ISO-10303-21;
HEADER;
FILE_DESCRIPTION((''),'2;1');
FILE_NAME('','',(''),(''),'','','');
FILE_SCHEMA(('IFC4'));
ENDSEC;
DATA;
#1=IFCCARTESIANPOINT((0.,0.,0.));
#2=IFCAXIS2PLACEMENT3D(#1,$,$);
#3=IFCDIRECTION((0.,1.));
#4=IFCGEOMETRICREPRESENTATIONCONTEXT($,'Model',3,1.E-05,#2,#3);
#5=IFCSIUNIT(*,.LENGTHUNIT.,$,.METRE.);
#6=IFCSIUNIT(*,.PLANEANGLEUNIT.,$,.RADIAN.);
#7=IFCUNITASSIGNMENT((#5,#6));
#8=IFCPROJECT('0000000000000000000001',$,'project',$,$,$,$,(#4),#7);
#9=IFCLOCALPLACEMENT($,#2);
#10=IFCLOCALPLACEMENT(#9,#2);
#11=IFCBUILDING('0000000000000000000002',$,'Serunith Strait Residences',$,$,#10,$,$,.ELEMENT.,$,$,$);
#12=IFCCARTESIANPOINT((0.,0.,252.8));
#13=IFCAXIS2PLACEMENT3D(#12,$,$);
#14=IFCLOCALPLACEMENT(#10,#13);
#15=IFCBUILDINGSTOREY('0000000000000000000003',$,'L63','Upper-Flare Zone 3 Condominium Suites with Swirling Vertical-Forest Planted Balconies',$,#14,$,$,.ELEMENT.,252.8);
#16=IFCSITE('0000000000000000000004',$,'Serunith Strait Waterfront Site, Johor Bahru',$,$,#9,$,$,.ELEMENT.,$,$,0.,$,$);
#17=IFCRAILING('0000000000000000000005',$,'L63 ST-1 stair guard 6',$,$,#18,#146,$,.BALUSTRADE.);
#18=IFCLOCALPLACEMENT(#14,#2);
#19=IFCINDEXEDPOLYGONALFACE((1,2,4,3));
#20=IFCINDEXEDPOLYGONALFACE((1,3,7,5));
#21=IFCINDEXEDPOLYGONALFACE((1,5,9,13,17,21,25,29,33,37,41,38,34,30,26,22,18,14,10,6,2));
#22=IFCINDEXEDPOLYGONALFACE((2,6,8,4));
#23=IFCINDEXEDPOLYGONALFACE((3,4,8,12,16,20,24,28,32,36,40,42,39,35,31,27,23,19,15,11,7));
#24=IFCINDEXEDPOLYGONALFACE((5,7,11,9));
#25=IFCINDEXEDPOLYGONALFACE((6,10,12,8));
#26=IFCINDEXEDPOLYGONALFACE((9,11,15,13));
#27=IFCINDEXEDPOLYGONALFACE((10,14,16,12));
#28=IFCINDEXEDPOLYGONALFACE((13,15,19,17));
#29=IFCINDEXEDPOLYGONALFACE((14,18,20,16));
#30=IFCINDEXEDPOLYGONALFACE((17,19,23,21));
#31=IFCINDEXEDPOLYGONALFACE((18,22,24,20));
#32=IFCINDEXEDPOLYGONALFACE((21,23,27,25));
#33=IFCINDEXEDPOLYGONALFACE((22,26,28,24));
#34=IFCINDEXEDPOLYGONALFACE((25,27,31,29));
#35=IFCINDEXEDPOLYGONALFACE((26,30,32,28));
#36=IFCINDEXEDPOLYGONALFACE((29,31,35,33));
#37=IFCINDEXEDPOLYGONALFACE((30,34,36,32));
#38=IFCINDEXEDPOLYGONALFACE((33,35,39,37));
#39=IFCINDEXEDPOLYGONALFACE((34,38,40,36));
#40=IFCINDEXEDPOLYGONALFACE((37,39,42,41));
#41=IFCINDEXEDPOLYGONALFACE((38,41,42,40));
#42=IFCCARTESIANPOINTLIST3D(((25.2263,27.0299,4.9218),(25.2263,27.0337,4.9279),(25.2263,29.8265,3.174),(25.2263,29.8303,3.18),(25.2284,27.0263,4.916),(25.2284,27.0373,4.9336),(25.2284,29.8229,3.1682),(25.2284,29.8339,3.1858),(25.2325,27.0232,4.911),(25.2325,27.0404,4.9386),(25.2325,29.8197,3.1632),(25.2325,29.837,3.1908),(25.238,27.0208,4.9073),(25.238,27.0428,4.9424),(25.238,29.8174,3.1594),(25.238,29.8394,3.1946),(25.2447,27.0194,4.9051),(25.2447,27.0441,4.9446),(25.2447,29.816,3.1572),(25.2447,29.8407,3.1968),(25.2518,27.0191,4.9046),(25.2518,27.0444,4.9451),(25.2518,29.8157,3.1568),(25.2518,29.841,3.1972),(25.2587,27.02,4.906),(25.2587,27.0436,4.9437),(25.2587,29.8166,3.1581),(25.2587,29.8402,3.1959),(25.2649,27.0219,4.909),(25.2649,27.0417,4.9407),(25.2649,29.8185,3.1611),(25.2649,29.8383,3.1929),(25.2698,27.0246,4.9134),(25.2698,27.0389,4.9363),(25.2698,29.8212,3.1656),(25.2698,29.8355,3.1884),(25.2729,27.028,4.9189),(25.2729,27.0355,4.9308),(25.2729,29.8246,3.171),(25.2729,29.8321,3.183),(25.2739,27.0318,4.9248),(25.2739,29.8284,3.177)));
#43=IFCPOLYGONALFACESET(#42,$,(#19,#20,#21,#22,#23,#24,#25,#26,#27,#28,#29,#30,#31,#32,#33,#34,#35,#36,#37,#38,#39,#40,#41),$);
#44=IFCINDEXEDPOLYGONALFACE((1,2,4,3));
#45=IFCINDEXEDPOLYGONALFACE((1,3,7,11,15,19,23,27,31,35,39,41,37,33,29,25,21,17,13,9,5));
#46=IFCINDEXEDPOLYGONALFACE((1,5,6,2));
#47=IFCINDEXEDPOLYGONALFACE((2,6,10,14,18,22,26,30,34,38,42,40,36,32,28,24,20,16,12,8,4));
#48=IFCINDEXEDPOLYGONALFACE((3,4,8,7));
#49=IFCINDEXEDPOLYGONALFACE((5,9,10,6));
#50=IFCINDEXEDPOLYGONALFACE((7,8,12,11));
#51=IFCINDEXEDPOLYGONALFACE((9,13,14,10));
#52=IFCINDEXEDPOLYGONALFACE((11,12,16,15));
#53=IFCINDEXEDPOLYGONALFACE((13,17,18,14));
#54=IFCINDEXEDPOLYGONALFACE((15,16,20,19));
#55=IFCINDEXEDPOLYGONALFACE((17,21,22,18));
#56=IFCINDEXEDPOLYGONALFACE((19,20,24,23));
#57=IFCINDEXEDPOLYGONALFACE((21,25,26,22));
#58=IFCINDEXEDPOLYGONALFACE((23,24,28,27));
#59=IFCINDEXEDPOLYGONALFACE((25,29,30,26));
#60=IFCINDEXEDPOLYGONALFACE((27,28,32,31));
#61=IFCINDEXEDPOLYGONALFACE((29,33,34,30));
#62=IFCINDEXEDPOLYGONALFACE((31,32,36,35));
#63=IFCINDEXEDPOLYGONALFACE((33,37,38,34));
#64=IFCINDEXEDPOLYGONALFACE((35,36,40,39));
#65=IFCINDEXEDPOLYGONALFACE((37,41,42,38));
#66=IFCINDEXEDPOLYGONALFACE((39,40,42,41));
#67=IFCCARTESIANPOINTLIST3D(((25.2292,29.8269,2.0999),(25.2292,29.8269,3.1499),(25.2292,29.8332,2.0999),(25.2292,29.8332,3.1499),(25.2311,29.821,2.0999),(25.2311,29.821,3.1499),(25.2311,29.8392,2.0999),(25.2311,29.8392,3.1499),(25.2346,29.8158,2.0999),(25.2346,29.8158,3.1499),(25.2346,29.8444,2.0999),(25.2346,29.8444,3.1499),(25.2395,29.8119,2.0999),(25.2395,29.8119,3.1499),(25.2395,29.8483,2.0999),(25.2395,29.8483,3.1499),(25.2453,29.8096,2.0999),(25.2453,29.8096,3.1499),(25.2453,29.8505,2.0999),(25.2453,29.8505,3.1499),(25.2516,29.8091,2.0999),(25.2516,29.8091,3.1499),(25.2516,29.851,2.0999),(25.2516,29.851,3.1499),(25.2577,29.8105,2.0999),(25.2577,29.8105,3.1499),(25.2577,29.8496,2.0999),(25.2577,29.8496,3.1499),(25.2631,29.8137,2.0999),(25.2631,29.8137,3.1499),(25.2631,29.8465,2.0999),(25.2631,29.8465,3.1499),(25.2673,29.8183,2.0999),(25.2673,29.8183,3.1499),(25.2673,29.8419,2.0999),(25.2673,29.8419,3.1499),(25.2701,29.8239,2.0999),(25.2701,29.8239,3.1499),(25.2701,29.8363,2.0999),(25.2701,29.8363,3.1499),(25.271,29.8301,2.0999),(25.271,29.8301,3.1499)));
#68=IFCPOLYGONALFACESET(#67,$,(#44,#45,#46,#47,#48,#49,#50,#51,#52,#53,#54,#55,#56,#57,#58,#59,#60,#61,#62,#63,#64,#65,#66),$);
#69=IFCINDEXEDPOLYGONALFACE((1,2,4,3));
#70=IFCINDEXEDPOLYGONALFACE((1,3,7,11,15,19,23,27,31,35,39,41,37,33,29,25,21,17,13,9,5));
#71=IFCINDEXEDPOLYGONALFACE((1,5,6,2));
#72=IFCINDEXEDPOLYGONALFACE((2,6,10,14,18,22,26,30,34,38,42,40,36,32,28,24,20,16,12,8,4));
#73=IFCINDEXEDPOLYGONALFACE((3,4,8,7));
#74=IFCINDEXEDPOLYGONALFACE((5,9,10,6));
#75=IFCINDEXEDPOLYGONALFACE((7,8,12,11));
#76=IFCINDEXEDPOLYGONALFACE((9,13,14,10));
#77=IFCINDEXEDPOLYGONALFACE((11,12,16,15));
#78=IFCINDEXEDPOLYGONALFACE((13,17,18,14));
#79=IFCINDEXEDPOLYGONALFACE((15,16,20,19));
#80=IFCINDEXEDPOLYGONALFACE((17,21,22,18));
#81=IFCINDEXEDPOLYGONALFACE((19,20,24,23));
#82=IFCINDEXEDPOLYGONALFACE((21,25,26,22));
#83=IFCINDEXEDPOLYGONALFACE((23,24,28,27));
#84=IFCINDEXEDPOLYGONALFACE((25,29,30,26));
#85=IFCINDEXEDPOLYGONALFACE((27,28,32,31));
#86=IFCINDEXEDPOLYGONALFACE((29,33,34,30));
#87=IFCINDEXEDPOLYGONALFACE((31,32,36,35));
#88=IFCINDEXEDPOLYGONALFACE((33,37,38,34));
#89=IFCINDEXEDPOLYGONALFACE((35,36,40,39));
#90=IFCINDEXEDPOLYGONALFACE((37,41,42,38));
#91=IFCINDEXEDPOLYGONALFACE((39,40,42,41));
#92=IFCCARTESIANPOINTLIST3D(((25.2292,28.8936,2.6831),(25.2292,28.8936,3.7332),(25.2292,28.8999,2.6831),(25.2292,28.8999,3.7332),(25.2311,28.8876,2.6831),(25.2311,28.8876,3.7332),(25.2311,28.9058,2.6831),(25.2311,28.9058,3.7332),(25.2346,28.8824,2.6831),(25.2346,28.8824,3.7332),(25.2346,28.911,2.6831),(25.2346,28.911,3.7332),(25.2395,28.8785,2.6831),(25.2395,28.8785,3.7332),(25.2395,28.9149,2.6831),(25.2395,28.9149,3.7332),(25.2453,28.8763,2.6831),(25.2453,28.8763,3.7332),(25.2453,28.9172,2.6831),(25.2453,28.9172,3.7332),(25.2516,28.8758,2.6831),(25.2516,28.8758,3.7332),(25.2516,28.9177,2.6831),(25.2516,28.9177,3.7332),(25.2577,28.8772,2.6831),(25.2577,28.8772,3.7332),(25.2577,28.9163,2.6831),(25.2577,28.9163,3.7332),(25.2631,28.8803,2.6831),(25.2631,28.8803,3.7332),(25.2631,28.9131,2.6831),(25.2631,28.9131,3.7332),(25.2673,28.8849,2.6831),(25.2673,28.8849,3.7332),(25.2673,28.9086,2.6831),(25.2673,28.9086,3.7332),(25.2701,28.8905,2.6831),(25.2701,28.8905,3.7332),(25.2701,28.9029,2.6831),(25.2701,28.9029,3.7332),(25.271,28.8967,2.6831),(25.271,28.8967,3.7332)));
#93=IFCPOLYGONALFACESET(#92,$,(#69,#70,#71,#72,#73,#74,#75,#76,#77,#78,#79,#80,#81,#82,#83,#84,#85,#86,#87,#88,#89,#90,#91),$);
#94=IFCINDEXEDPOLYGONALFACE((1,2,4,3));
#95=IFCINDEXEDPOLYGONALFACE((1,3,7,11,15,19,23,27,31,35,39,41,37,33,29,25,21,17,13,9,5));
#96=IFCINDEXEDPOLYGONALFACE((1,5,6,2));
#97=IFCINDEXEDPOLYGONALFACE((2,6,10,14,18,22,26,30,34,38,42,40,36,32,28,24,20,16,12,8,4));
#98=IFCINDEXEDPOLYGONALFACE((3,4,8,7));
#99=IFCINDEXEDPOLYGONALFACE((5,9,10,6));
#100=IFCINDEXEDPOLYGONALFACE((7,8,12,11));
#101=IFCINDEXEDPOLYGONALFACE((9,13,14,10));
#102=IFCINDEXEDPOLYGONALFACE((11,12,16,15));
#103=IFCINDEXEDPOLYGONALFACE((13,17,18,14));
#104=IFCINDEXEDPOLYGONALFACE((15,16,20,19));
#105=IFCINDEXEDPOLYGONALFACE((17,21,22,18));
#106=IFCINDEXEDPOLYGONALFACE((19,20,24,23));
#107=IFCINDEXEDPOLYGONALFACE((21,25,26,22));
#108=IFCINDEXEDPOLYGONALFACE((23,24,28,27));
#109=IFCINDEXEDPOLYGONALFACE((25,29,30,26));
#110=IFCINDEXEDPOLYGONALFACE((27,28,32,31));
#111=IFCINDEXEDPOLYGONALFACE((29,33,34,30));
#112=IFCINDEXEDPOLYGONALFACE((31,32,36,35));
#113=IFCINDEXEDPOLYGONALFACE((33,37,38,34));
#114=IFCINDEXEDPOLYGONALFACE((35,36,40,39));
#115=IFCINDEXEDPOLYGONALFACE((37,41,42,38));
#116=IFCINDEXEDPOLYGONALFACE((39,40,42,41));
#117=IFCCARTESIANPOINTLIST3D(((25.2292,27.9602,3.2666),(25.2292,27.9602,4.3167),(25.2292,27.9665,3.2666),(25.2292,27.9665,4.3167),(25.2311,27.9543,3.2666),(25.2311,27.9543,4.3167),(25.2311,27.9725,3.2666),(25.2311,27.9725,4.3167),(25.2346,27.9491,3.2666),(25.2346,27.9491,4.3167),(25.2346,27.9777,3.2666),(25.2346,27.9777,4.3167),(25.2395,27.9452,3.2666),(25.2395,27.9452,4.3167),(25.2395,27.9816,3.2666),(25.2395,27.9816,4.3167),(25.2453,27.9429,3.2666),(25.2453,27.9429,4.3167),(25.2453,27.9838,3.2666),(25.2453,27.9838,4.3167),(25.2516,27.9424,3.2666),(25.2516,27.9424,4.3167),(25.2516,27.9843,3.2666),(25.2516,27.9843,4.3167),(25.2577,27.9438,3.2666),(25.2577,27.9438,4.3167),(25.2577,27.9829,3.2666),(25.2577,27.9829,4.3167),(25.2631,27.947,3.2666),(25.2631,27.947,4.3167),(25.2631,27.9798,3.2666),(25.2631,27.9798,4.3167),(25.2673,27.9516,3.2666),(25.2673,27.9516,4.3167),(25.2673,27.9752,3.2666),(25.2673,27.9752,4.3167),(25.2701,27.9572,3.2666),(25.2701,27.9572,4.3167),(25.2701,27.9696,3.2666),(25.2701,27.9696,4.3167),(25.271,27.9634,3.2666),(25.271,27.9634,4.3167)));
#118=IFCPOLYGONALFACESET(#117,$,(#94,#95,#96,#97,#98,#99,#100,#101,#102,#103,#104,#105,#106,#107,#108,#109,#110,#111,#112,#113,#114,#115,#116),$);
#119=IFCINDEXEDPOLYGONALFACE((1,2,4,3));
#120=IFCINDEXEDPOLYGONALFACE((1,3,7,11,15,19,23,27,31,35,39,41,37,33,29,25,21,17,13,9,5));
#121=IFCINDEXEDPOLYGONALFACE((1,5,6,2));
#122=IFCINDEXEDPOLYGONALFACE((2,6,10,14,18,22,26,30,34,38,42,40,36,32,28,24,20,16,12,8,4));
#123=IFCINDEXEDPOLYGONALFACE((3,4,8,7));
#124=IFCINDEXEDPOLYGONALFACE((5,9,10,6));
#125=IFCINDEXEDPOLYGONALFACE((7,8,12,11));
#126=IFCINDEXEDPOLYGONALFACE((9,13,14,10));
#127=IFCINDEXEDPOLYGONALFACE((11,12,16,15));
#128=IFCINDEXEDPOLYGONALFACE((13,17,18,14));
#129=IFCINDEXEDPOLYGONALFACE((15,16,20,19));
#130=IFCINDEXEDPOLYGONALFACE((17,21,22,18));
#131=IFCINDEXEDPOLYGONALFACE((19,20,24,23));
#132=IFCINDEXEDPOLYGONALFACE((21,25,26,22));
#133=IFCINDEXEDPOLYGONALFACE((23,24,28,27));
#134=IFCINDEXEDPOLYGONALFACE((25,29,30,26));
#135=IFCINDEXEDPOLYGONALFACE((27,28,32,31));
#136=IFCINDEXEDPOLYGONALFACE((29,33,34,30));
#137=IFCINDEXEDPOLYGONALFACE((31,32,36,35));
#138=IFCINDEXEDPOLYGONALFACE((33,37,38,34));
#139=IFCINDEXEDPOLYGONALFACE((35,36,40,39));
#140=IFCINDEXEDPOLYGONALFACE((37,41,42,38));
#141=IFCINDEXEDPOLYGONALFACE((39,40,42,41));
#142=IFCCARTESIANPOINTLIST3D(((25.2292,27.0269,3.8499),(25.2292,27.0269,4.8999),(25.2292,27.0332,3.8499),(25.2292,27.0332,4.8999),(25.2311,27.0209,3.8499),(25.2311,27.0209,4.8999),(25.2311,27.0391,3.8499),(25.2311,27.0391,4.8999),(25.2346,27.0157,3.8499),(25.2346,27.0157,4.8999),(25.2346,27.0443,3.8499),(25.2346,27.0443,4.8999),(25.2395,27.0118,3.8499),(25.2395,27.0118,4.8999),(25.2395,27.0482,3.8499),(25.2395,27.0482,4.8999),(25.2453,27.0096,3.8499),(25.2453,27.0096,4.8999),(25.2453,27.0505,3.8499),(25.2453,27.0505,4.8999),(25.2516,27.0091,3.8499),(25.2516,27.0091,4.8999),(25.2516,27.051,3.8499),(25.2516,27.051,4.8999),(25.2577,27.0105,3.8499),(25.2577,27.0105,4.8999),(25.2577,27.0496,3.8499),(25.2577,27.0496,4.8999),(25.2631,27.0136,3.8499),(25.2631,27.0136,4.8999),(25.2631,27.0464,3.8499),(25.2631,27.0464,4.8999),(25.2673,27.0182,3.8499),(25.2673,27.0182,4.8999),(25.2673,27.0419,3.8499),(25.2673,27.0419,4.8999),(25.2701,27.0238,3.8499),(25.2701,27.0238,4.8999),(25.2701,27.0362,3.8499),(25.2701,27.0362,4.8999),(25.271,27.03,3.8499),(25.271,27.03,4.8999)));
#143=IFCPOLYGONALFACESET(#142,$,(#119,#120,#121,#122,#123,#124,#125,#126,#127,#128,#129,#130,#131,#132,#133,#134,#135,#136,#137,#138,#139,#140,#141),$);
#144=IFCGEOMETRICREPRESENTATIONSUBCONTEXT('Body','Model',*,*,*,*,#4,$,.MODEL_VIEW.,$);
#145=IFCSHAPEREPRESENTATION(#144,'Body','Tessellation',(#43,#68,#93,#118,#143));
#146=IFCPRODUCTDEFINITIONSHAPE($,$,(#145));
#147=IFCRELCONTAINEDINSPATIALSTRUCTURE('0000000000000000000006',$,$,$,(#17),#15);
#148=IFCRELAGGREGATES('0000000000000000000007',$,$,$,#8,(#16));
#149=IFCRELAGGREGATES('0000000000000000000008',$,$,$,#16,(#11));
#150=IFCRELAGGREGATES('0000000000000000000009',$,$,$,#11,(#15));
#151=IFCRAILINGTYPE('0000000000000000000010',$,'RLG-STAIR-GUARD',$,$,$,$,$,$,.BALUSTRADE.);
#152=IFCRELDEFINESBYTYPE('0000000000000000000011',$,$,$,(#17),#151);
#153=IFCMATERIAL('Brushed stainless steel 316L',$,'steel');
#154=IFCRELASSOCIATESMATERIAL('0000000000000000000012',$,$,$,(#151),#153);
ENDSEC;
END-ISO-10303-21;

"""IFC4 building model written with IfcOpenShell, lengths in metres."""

from ifc_helpers import new_model, si_unit, direction, frame, origin, origin_2d, place, context, subcontext, project, spatial, circle, extrude, material, type_object, element, save


model = new_model("IFC4")

# Units and contexts
model_context = context("Model", 3, precision=1e-05, world=origin(), true_north=direction((0.0, 1.0)))
body_context = subcontext(model_context, "Body", "Model", "MODEL_VIEW")
ifc_project = project(units=[si_unit("LENGTHUNIT", "METRE"), si_unit("PLANEANGLEUNIT", "RADIAN")], contexts=[model_context])

# Site, building, storey
site_placement = place(None, origin())
site = spatial("IfcSite", under=ifc_project, at=site_placement, Name="Serunith Strait Waterfront Site, Johor Bahru", CompositionType="ELEMENT", RefElevation=0.0)
building_placement = place(site_placement, origin())
building = spatial("IfcBuilding", under=site, at=building_placement, Name="Serunith Strait Residences", CompositionType="ELEMENT")
storey_placement = place(building_placement, frame((0.0, 0.0, 252.8)))
storey = spatial("IfcBuildingStorey", under=building, at=storey_placement, Name="L63", Description="Upper-Flare Zone 3 Condominium Suites with Swirling Vertical-Forest Planted Balconies", CompositionType="ELEMENT", Elevation=252.8)

# Railing
ifc_material_1 = material(Name="Brushed stainless steel 316L", Category="steel")
railing_type_1 = type_object("IfcRailingType", Name="RLG-STAIR-GUARD", PredefinedType="BALUSTRADE", material=ifc_material_1)
railing_1_placement = place(storey_placement, frame((25.25, 29.8301, 2.0999)))
element("IfcRailing", 1, at=railing_1_placement, inside=storey, type_object=railing_type_1, Name="L63 ST-1 stair guard 6", PredefinedType="BALUSTRADE", context=body_context, shape_type="SweptSolid", body=[
    extrude(circle(Radius=0.0239, at=origin_2d()), frame((0.0, -0.0017, 1.0771), z_axis=(0.0, -0.848002, 0.529992), x_axis=(1.0, 0.0, 0.0)), (0.0, 0.0, 1.0), 3.2979),
    extrude(circle(Radius=0.021, at=origin_2d()), origin(), (0.0, 0.0, 1.0), 1.05),
    extrude(circle(Radius=0.021, at=origin_2d()), frame((0.0, -0.9333, 0.5833)), (0.0, 0.0, 1.0), 1.05),
    extrude(circle(Radius=0.021, at=origin_2d()), frame((0.0, -1.8667, 1.1667)), (0.0, 0.0, 1.0), 1.05),
    extrude(circle(Radius=0.021, at=origin_2d()), frame((0.0, -2.8, 1.75)), (0.0, 0.0, 1.0), 1.05),
])

save(model, "model.ifc")
